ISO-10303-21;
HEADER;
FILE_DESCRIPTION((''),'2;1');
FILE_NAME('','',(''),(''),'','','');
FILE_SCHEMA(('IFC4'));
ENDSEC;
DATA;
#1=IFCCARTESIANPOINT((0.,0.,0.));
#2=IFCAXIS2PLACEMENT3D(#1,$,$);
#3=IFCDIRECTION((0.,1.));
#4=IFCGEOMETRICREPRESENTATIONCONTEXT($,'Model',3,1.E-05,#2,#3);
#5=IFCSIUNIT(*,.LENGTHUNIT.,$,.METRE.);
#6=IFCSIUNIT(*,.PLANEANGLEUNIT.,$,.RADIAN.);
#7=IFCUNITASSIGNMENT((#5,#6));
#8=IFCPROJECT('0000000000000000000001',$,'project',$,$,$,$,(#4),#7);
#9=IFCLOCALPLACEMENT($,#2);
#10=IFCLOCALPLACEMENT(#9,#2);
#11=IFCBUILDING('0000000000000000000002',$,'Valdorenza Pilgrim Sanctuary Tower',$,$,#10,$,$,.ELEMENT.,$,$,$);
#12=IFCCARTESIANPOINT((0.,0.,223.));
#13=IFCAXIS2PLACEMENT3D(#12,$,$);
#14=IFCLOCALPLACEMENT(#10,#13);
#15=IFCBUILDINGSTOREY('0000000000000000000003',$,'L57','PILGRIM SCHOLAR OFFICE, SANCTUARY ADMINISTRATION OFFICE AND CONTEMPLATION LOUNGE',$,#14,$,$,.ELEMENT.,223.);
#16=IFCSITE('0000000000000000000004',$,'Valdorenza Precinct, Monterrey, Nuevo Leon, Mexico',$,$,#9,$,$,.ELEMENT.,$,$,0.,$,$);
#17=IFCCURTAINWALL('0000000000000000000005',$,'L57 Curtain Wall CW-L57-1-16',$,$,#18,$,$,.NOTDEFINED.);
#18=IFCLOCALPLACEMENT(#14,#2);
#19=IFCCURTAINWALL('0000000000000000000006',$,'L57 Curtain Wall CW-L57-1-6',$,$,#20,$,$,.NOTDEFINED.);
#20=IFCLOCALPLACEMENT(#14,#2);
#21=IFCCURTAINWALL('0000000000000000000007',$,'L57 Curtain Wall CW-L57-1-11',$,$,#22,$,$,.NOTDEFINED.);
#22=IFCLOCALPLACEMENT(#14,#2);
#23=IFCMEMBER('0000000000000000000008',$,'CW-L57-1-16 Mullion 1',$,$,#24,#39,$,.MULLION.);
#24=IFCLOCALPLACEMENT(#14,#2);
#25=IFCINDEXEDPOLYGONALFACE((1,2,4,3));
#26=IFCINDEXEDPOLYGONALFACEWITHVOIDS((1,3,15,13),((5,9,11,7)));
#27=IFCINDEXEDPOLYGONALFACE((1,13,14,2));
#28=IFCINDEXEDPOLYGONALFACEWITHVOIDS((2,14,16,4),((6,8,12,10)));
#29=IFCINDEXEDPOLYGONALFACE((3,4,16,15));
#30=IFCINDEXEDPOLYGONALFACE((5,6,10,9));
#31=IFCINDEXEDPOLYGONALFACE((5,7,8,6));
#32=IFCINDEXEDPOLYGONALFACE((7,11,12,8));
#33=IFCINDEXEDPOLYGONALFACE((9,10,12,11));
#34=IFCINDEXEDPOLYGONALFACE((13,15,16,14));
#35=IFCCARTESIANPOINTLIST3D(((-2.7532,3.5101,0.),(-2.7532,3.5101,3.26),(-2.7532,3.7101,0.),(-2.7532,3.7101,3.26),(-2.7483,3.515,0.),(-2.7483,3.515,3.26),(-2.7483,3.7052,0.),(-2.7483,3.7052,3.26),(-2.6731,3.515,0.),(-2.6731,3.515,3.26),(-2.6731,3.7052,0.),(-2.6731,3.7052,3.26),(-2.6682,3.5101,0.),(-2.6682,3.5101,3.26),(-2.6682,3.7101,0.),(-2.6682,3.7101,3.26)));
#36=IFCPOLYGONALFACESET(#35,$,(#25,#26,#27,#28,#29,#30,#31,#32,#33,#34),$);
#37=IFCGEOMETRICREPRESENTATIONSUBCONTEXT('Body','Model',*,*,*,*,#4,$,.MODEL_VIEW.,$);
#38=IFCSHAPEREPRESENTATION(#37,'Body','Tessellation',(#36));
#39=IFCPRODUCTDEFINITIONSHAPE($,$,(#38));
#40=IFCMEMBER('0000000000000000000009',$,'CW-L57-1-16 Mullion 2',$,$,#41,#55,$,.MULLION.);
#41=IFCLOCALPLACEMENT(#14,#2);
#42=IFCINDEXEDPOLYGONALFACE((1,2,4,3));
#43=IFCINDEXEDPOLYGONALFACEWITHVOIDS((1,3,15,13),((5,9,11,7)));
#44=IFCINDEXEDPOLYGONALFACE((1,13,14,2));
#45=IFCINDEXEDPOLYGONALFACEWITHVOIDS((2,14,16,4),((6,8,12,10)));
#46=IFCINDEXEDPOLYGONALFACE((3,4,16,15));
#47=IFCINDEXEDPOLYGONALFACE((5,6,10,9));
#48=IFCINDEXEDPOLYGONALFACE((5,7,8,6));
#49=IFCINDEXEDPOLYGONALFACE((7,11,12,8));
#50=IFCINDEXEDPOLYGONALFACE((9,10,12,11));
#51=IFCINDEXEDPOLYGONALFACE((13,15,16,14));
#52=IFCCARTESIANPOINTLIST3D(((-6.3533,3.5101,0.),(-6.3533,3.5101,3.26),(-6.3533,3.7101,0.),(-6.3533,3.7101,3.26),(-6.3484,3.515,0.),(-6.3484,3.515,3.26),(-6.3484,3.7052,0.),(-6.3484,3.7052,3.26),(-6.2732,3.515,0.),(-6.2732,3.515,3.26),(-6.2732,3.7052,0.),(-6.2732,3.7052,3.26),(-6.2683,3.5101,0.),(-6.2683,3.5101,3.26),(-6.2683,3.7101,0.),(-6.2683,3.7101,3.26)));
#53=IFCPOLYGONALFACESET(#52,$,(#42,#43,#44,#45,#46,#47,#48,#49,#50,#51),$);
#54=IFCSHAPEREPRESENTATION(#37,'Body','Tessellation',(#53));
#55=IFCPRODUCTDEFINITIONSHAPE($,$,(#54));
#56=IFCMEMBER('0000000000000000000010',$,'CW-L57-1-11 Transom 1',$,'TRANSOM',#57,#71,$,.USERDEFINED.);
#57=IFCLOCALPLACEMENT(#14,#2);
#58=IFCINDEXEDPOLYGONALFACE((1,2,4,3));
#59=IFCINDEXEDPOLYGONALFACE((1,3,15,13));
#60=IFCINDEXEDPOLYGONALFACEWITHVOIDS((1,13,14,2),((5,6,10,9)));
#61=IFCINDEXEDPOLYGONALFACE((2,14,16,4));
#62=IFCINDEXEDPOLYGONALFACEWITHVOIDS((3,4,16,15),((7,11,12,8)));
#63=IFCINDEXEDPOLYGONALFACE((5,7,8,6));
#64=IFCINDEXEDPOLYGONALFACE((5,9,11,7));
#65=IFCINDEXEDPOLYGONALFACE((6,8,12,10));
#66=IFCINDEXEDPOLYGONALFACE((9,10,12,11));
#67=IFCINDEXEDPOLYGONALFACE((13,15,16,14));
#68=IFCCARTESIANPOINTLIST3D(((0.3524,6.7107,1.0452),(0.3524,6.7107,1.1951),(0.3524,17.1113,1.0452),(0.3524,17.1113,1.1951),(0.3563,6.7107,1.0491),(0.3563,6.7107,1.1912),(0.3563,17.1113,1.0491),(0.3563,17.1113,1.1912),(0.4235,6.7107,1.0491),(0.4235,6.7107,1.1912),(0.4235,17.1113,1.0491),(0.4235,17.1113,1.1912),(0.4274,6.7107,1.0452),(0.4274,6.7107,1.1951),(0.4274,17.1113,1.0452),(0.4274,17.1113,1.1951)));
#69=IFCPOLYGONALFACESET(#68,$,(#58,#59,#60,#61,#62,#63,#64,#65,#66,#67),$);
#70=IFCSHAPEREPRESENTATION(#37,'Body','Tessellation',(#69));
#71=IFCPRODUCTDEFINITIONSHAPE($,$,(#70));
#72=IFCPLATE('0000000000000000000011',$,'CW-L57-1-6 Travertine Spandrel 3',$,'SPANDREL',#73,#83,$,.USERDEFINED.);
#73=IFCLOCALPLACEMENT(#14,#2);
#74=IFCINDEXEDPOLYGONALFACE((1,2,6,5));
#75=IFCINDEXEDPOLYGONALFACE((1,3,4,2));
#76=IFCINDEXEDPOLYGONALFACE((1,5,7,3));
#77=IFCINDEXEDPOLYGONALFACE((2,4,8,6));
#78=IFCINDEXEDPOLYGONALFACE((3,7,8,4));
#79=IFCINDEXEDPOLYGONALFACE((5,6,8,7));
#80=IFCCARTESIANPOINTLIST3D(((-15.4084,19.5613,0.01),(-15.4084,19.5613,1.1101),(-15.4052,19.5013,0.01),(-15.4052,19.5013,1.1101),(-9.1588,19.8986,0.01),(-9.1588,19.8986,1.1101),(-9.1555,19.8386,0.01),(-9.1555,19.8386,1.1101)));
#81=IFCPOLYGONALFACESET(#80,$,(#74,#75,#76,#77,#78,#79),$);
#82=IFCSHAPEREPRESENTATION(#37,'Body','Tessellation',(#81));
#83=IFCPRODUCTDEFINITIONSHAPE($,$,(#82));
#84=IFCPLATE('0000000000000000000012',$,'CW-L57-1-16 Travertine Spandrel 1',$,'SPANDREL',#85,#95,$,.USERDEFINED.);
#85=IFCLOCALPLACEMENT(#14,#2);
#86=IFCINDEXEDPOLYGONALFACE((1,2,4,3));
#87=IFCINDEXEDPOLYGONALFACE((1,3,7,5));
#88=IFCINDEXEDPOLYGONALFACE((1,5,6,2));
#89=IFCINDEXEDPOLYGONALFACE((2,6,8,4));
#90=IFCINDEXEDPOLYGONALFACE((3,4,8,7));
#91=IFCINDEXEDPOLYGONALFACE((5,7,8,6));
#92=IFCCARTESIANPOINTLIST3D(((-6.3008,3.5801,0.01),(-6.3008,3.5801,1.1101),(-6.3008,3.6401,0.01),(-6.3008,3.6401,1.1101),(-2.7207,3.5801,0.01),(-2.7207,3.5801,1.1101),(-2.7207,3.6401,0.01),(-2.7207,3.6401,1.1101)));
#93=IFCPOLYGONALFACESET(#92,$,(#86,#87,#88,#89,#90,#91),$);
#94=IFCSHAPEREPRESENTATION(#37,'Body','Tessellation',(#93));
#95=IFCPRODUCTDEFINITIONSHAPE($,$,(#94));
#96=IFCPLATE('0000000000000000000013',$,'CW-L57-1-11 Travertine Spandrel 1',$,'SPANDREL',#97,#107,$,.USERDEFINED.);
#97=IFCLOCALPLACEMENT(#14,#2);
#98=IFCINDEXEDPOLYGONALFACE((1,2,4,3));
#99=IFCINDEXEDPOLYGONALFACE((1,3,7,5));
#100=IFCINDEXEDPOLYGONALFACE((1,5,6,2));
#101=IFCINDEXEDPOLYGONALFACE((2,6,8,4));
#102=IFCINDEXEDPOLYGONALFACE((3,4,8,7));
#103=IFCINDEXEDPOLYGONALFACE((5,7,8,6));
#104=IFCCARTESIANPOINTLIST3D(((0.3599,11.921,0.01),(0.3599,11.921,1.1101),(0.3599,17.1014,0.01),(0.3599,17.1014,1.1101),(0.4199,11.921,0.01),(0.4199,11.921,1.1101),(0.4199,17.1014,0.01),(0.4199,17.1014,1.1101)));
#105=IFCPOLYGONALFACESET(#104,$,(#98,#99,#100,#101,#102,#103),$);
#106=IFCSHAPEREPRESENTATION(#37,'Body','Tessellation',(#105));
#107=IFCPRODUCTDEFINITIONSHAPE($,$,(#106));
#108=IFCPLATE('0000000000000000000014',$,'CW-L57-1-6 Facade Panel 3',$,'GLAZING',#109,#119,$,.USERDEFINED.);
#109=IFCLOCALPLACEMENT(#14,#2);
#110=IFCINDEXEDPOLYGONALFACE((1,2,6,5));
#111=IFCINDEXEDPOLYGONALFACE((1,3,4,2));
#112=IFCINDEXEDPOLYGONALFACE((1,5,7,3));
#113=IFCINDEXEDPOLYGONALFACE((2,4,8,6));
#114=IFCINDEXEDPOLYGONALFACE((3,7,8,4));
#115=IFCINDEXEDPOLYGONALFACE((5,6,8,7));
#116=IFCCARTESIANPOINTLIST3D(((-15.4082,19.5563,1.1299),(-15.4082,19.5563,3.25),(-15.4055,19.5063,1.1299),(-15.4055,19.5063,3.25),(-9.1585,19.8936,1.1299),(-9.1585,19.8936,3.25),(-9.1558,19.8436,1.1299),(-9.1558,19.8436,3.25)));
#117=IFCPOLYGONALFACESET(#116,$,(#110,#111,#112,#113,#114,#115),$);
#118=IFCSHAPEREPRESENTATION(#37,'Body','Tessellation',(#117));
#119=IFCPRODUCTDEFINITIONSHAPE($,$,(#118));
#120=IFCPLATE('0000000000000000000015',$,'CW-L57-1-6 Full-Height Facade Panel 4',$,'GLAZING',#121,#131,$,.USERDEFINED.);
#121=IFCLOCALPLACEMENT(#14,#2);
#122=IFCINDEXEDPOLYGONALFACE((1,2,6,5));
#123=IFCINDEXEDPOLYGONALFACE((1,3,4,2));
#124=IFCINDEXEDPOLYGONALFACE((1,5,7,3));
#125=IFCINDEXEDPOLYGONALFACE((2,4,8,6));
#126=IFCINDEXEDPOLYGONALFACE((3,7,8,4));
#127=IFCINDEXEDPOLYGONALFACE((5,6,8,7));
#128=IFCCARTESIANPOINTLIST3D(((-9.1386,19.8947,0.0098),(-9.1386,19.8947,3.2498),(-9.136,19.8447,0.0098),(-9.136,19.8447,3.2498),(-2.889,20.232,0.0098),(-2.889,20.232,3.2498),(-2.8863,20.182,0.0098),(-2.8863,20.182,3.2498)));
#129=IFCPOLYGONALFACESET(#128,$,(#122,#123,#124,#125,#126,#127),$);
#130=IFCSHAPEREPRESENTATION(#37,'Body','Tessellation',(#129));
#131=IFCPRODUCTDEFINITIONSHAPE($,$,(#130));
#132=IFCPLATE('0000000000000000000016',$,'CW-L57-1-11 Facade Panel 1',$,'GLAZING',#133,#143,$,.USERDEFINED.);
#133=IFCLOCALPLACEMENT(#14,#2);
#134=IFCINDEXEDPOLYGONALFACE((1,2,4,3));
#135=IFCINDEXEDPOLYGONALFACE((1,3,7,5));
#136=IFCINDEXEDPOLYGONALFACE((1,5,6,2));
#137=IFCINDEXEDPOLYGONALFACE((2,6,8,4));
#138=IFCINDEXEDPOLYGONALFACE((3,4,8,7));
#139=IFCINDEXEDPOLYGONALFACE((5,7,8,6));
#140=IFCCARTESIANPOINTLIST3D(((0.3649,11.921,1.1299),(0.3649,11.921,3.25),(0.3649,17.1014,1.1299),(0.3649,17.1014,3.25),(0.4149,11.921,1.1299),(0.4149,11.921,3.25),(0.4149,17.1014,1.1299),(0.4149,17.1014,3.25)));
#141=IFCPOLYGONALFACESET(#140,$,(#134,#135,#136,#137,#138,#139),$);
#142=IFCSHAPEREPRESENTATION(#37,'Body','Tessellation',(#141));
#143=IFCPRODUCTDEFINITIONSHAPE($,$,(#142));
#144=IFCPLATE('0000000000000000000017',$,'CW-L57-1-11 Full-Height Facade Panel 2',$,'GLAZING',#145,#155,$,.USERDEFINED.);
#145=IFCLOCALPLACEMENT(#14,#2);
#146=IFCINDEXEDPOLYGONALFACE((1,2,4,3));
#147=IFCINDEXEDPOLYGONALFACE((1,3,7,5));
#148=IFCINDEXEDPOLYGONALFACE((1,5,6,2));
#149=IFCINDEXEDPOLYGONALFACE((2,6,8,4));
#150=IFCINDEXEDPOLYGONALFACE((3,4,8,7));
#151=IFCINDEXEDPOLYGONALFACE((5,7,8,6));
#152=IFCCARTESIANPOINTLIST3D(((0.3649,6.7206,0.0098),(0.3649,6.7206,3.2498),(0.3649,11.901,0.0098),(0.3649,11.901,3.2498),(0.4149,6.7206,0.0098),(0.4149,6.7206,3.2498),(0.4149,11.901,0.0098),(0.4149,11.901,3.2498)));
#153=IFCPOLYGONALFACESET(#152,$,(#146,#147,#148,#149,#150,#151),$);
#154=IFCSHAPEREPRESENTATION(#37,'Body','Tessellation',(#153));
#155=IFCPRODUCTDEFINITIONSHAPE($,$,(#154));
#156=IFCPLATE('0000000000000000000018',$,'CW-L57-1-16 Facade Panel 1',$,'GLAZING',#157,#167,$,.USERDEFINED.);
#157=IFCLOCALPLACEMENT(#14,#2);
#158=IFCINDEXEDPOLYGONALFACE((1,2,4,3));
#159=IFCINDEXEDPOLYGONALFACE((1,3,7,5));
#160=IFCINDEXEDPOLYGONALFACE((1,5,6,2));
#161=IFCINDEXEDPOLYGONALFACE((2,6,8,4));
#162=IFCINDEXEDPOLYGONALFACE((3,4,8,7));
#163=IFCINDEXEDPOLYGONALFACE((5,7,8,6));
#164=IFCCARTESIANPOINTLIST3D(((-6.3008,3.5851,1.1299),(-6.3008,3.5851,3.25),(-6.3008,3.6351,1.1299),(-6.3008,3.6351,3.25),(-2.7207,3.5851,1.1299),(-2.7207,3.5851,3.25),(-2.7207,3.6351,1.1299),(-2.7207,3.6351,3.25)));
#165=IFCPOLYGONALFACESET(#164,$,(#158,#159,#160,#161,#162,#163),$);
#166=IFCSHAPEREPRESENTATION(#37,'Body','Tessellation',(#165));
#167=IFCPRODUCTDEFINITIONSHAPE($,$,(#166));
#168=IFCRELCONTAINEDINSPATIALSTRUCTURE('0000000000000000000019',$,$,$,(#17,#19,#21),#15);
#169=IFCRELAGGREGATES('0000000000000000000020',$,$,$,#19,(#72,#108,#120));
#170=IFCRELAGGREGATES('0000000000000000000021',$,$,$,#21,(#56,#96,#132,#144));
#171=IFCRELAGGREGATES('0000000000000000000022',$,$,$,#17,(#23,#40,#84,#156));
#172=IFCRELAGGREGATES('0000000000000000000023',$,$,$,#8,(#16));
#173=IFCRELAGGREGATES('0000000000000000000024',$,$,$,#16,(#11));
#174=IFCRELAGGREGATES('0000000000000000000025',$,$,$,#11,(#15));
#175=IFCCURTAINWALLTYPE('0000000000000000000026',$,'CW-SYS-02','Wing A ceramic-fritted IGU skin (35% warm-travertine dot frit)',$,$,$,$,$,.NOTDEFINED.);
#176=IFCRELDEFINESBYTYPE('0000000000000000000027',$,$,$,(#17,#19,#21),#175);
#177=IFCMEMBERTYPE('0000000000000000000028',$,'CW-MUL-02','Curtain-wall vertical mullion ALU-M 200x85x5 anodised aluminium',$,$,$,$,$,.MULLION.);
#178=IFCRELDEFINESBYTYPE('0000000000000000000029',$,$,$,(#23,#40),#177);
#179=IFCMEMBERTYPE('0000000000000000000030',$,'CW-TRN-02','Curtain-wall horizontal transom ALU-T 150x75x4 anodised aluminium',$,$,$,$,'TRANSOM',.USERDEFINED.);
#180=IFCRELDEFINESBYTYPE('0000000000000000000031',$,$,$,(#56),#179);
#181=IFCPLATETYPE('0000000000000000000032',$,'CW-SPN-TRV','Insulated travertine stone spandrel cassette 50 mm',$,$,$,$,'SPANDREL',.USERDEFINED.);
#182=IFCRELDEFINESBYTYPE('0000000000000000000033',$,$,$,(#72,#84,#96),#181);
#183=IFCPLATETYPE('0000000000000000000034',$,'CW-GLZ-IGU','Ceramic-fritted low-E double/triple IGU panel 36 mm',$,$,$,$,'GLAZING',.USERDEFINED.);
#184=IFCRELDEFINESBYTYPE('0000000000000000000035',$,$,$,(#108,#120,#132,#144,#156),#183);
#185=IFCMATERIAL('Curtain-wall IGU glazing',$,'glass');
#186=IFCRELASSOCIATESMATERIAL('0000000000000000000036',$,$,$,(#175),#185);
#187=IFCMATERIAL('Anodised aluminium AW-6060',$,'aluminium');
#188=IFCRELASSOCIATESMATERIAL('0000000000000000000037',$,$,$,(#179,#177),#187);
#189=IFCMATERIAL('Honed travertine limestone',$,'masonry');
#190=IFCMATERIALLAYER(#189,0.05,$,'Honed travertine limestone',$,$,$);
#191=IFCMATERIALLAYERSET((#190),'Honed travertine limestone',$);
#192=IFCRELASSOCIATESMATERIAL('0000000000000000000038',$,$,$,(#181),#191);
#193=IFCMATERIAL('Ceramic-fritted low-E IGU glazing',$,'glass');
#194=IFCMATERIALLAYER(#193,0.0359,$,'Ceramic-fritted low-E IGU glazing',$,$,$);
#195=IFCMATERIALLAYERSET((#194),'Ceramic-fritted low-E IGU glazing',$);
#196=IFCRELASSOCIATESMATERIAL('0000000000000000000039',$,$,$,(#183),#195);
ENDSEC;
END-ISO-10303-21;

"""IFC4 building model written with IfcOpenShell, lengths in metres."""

from ifc_helpers import new_model, si_unit, direction, frame, origin, origin_2d, place, context, subcontext, project, spatial, rectangle, hollow_rectangle, extrude, source, transform, mapped, material, layer, layer_set, material_profile, profile_set, type_object, element, aggregate, save


model = new_model("IFC4")

# Units and contexts
model_context = context("Model", 3, precision=1e-05, world=origin(), true_north=direction((0.0, 1.0)))
body_context = subcontext(model_context, "Body", "Model", "MODEL_VIEW")
ifc_project = project(units=[si_unit("LENGTHUNIT", "METRE"), si_unit("PLANEANGLEUNIT", "RADIAN")], contexts=[model_context])

# Site, building, storey
site_placement = place(None, origin())
site = spatial("IfcSite", under=ifc_project, at=site_placement, Name="Valdorenza Precinct, Monterrey, Nuevo Leon, Mexico", CompositionType="ELEMENT", RefElevation=0.0)
building_placement = place(site_placement, origin())
building = spatial("IfcBuilding", under=site, at=building_placement, Name="Valdorenza Pilgrim Sanctuary Tower", CompositionType="ELEMENT")
storey_placement = place(building_placement, frame((0.0, 0.0, 223.0)))
storey = spatial("IfcBuildingStorey", under=building, at=storey_placement, Name="L57", Description="PILGRIM SCHOLAR OFFICE, SANCTUARY ADMINISTRATION OFFICE AND CONTEMPLATION LOUNGE", CompositionType="ELEMENT", Elevation=223.0)

# Curtain wall
ifc_material_1 = material(Name="Curtain-wall IGU glazing", Category="glass")
curtain_wall_type = type_object("IfcCurtainWallType", Name="CW-SYS-02", Description="Wing A ceramic-fritted IGU skin (35% warm-travertine dot frit)", PredefinedType="NOTDEFINED", material=ifc_material_1)
curtain_wall_1_placement = place(storey_placement, origin())
curtain_wall_1 = element("IfcCurtainWall", 1, at=curtain_wall_1_placement, inside=storey, type_object=curtain_wall_type, Name="L57 Curtain Wall CW-L57-1-16", PredefinedType="NOTDEFINED")
ifc_material_2 = material(Name="Anodised aluminium AW-6060", Category="aluminium")
ifc_material_profile_1 = material_profile(ifc_material_2, hollow_rectangle(XDim=0.075, YDim=0.1499, WallThickness=0.0039, at=origin_2d()), Name="ALU-T 150x75x4")
ifc_profile_set_1 = profile_set([ifc_material_profile_1], Name="Anodised aluminium AW-6060")
member_type_1 = type_object("IfcMemberType", Name="CW-TRN-02", Description="Curtain-wall horizontal transom ALU-T 150x75x4 anodised aluminium", ElementType="TRANSOM", PredefinedType="USERDEFINED", material=ifc_profile_set_1)

# Curtain walls
curtain_wall_2_placement = place(storey_placement, origin())
curtain_wall_2 = element("IfcCurtainWall", 2, at=curtain_wall_2_placement, inside=storey, type_object=curtain_wall_type, Name="L57 Curtain Wall CW-L57-1-6", PredefinedType="NOTDEFINED")
ifc_material_profile_2 = material_profile(ifc_material_2, hollow_rectangle(XDim=0.085, YDim=0.2, WallThickness=0.0049, at=origin_2d()), Name="ALU-M 200x85x5")
ifc_profile_set_2 = profile_set([ifc_material_profile_2], Name="Anodised aluminium AW-6060")
member_type_2 = type_object("IfcMemberType", Name="CW-MUL-02", Description="Curtain-wall vertical mullion ALU-M 200x85x5 anodised aluminium", PredefinedType="MULLION", material=ifc_profile_set_2)
shared_shape_1 = source(origin(), body_context, "Body", "SweptSolid", [
    extrude(hollow_rectangle(XDim=0.085, YDim=0.2, WallThickness=0.0049, at=origin_2d()), origin(), (0.0, 0.0, 1.0), 3.26),
])
curtain_wall_3_placement = place(storey_placement, origin())
curtain_wall_3 = element("IfcCurtainWall", 3, at=curtain_wall_3_placement, inside=storey, type_object=curtain_wall_type, Name="L57 Curtain Wall CW-L57-1-11", PredefinedType="NOTDEFINED")

# Members
member_1_placement = place(storey_placement, frame((-2.7107, 3.6101, 0.0), z_axis=(0.0, 0.0, 1.0), x_axis=(-1.0, 0.0, 0.0)))
member_1 = element("IfcMember", 4, at=member_1_placement, type_object=member_type_2, Name="CW-L57-1-16 Mullion 1", PredefinedType="MULLION", context=body_context, shape_type="MappedRepresentation", body=[
    mapped(shared_shape_1, transform((0.0, 0.0, 0.0), x_axis=(1.0, 0.0, 0.0), y_axis=(0.0, 1.0, 0.0), z_axis=(0.0, 0.0, 1.0), scale=1.0)),
])
member_2_placement = place(storey_placement, frame((-6.3108, 3.6101, 0.0), z_axis=(0.0, 0.0, 1.0), x_axis=(-1.0, 0.0, 0.0)))
member_2 = element("IfcMember", 5, at=member_2_placement, type_object=member_type_2, Name="CW-L57-1-16 Mullion 2", PredefinedType="MULLION", context=body_context, shape_type="MappedRepresentation", body=[
    mapped(shared_shape_1, transform((0.0, 0.0, 0.0), x_axis=(1.0, 0.0, 0.0), y_axis=(0.0, 1.0, 0.0), z_axis=(0.0, 0.0, 1.0), scale=1.0)),
])
shared_shape_2 = source(origin(), body_context, "Body", "SweptSolid", [
    extrude(hollow_rectangle(XDim=0.075, YDim=0.1499, WallThickness=0.0039, at=origin_2d()), origin(), (0.0, 0.0, 1.0), 10.4006),
])
member_3_placement = place(storey_placement, frame((0.3899, 17.1113, 1.1201), z_axis=(0.0, -1.0, 0.0), x_axis=(1.0, 0.0, 0.0)))
member_3 = element("IfcMember", 6, at=member_3_placement, type_object=member_type_1, Name="CW-L57-1-11 Transom 1", ObjectType="TRANSOM", PredefinedType="USERDEFINED", context=body_context, shape_type="MappedRepresentation", body=[
    mapped(shared_shape_2, transform((0.0, 0.0, 0.0), x_axis=(1.0, 0.0, 0.0), y_axis=(0.0, 1.0, 0.0), z_axis=(0.0, 0.0, 1.0), scale=1.0)),
])

# Plates
ifc_material_3 = material(Name="Honed travertine limestone", Category="masonry")
ifc_layer_1 = layer(ifc_material_3, 0.05, Name="Honed travertine limestone")
ifc_layer_set_1 = layer_set([ifc_layer_1], Name="Honed travertine limestone")
plate_type_1 = type_object("IfcPlateType", Name="CW-SPN-TRV", Description="Insulated travertine stone spandrel cassette 50 mm", ElementType="SPANDREL", PredefinedType="USERDEFINED", material=ifc_layer_set_1)
shared_shape_3 = source(origin(), body_context, "Body", "SweptSolid", [
    extrude(rectangle(XDim=6.2588, YDim=0.0601, at=origin_2d()), origin(), (0.0, 0.0, 1.0), 1.1001),
])
plate_1_placement = place(storey_placement, frame((-12.282, 19.7, 0.01), z_axis=(0.0, 0.0, 1.0), x_axis=(0.998547, 0.053887, 0.0)))
plate_1 = element("IfcPlate", 7, at=plate_1_placement, type_object=plate_type_1, Name="CW-L57-1-6 Travertine Spandrel 3", ObjectType="SPANDREL", PredefinedType="USERDEFINED", context=body_context, shape_type="MappedRepresentation", body=[
    mapped(shared_shape_3, transform((0.0, 0.0, 0.0), x_axis=(1.0, 0.0, 0.0), y_axis=(0.0, 1.0, 0.0), z_axis=(0.0, 0.0, 1.0), scale=1.0)),
])
shared_shape_4 = source(origin(), body_context, "Body", "SweptSolid", [
    extrude(rectangle(XDim=3.5801, YDim=0.0601, at=origin_2d()), origin(), (0.0, 0.0, 1.0), 1.1001),
])
plate_2_placement = place(storey_placement, frame((-4.5107, 3.6101, 0.01), z_axis=(0.0, 0.0, 1.0), x_axis=(-1.0, 0.0, 0.0)))
plate_2 = element("IfcPlate", 8, at=plate_2_placement, type_object=plate_type_1, Name="CW-L57-1-16 Travertine Spandrel 1", ObjectType="SPANDREL", PredefinedType="USERDEFINED", context=body_context, shape_type="MappedRepresentation", body=[
    mapped(shared_shape_4, transform((0.0, 0.0, 0.0), x_axis=(1.0, 0.0, 0.0), y_axis=(0.0, 1.0, 0.0), z_axis=(0.0, 0.0, 1.0), scale=1.0)),
])
shared_shape_5 = source(origin(), body_context, "Body", "SweptSolid", [
    extrude(rectangle(XDim=5.1804, YDim=0.0601, at=origin_2d()), origin(), (0.0, 0.0, 1.0), 1.1001),
])
plate_3_placement = place(storey_placement, frame((0.3899, 14.5112, 0.01), z_axis=(0.0, 0.0, 1.0), x_axis=(0.0, -1.0, 0.0)))
plate_3 = element("IfcPlate", 9, at=plate_3_placement, type_object=plate_type_1, Name="CW-L57-1-11 Travertine Spandrel 1", ObjectType="SPANDREL", PredefinedType="USERDEFINED", context=body_context, shape_type="MappedRepresentation", body=[
    mapped(shared_shape_5, transform((0.0, 0.0, 0.0), x_axis=(1.0, 0.0, 0.0), y_axis=(0.0, 1.0, 0.0), z_axis=(0.0, 0.0, 1.0), scale=1.0)),
])
ifc_material_4 = material(Name="Ceramic-fritted low-E IGU glazing", Category="glass")
ifc_layer_2 = layer(ifc_material_4, 0.0359, Name="Ceramic-fritted low-E IGU glazing")
ifc_layer_set_2 = layer_set([ifc_layer_2], Name="Ceramic-fritted low-E IGU glazing")
plate_type_2 = type_object("IfcPlateType", Name="CW-GLZ-IGU", Description="Ceramic-fritted low-E double/triple IGU panel 36 mm", ElementType="GLAZING", PredefinedType="USERDEFINED", material=ifc_layer_set_2)
shared_shape_6 = source(origin(), body_context, "Body", "SweptSolid", [
    extrude(rectangle(XDim=6.2588, YDim=0.05, at=origin_2d()), origin(), (0.0, 0.0, 1.0), 2.1201),
])
plate_4_placement = place(storey_placement, frame((-12.282, 19.7, 1.1299), z_axis=(0.0, 0.0, 1.0), x_axis=(0.998547, 0.053887, 0.0)))
plate_4 = element("IfcPlate", 10, at=plate_4_placement, type_object=plate_type_2, Name="CW-L57-1-6 Facade Panel 3", ObjectType="GLAZING", PredefinedType="USERDEFINED", context=body_context, shape_type="MappedRepresentation", body=[
    mapped(shared_shape_6, transform((0.0, 0.0, 0.0), x_axis=(1.0, 0.0, 0.0), y_axis=(0.0, 1.0, 0.0), z_axis=(0.0, 0.0, 1.0), scale=1.0)),
])
shared_shape_7 = source(origin(), body_context, "Body", "SweptSolid", [
    extrude(rectangle(XDim=6.2588, YDim=0.05, at=origin_2d()), origin(), (0.0, 0.0, 1.0), 3.24),
])
plate_5_placement = place(storey_placement, frame((-6.0125, 20.0383, 0.0098), z_axis=(0.0, 0.0, 1.0), x_axis=(0.998547, 0.053887, 0.0)))
plate_5 = element("IfcPlate", 11, at=plate_5_placement, type_object=plate_type_2, Name="CW-L57-1-6 Full-Height Facade Panel 4", ObjectType="GLAZING", PredefinedType="USERDEFINED", context=body_context, shape_type="MappedRepresentation", body=[
    mapped(shared_shape_7, transform((0.0, 0.0, 0.0), x_axis=(1.0, 0.0, 0.0), y_axis=(0.0, 1.0, 0.0), z_axis=(0.0, 0.0, 1.0), scale=1.0)),
])
aggregate(curtain_wall_2, [plate_1, plate_4, plate_5])
shared_shape_8 = source(origin(), body_context, "Body", "SweptSolid", [
    extrude(rectangle(XDim=5.1804, YDim=0.05, at=origin_2d()), origin(), (0.0, 0.0, 1.0), 2.1201),
])
plate_6_placement = place(storey_placement, frame((0.3899, 14.5112, 1.1299), z_axis=(0.0, 0.0, 1.0), x_axis=(0.0, -1.0, 0.0)))
plate_6 = element("IfcPlate", 12, at=plate_6_placement, type_object=plate_type_2, Name="CW-L57-1-11 Facade Panel 1", ObjectType="GLAZING", PredefinedType="USERDEFINED", context=body_context, shape_type="MappedRepresentation", body=[
    mapped(shared_shape_8, transform((0.0, 0.0, 0.0), x_axis=(1.0, 0.0, 0.0), y_axis=(0.0, 1.0, 0.0), z_axis=(0.0, 0.0, 1.0), scale=1.0)),
])
shared_shape_9 = source(origin(), body_context, "Body", "SweptSolid", [
    extrude(rectangle(XDim=5.1804, YDim=0.05, at=origin_2d()), origin(), (0.0, 0.0, 1.0), 3.24),
])
plate_7_placement = place(storey_placement, frame((0.3899, 9.3108, 0.0098), z_axis=(0.0, 0.0, 1.0), x_axis=(0.0, -1.0, 0.0)))
plate_7 = element("IfcPlate", 13, at=plate_7_placement, type_object=plate_type_2, Name="CW-L57-1-11 Full-Height Facade Panel 2", ObjectType="GLAZING", PredefinedType="USERDEFINED", context=body_context, shape_type="MappedRepresentation", body=[
    mapped(shared_shape_9, transform((0.0, 0.0, 0.0), x_axis=(1.0, 0.0, 0.0), y_axis=(0.0, 1.0, 0.0), z_axis=(0.0, 0.0, 1.0), scale=1.0)),
])
aggregate(curtain_wall_3, [member_3, plate_3, plate_6, plate_7])
shared_shape_10 = source(origin(), body_context, "Body", "SweptSolid", [
    extrude(rectangle(XDim=3.5801, YDim=0.05, at=origin_2d()), origin(), (0.0, 0.0, 1.0), 2.1201),
])
plate_8_placement = place(storey_placement, frame((-4.5107, 3.6101, 1.1299), z_axis=(0.0, 0.0, 1.0), x_axis=(-1.0, 0.0, 0.0)))
plate_8 = element("IfcPlate", 14, at=plate_8_placement, type_object=plate_type_2, Name="CW-L57-1-16 Facade Panel 1", ObjectType="GLAZING", PredefinedType="USERDEFINED", context=body_context, shape_type="MappedRepresentation", body=[
    mapped(shared_shape_10, transform((0.0, 0.0, 0.0), x_axis=(1.0, 0.0, 0.0), y_axis=(0.0, 1.0, 0.0), z_axis=(0.0, 0.0, 1.0), scale=1.0)),
])
aggregate(curtain_wall_1, [member_1, member_2, plate_2, plate_8])

save(model, "model.ifc")
